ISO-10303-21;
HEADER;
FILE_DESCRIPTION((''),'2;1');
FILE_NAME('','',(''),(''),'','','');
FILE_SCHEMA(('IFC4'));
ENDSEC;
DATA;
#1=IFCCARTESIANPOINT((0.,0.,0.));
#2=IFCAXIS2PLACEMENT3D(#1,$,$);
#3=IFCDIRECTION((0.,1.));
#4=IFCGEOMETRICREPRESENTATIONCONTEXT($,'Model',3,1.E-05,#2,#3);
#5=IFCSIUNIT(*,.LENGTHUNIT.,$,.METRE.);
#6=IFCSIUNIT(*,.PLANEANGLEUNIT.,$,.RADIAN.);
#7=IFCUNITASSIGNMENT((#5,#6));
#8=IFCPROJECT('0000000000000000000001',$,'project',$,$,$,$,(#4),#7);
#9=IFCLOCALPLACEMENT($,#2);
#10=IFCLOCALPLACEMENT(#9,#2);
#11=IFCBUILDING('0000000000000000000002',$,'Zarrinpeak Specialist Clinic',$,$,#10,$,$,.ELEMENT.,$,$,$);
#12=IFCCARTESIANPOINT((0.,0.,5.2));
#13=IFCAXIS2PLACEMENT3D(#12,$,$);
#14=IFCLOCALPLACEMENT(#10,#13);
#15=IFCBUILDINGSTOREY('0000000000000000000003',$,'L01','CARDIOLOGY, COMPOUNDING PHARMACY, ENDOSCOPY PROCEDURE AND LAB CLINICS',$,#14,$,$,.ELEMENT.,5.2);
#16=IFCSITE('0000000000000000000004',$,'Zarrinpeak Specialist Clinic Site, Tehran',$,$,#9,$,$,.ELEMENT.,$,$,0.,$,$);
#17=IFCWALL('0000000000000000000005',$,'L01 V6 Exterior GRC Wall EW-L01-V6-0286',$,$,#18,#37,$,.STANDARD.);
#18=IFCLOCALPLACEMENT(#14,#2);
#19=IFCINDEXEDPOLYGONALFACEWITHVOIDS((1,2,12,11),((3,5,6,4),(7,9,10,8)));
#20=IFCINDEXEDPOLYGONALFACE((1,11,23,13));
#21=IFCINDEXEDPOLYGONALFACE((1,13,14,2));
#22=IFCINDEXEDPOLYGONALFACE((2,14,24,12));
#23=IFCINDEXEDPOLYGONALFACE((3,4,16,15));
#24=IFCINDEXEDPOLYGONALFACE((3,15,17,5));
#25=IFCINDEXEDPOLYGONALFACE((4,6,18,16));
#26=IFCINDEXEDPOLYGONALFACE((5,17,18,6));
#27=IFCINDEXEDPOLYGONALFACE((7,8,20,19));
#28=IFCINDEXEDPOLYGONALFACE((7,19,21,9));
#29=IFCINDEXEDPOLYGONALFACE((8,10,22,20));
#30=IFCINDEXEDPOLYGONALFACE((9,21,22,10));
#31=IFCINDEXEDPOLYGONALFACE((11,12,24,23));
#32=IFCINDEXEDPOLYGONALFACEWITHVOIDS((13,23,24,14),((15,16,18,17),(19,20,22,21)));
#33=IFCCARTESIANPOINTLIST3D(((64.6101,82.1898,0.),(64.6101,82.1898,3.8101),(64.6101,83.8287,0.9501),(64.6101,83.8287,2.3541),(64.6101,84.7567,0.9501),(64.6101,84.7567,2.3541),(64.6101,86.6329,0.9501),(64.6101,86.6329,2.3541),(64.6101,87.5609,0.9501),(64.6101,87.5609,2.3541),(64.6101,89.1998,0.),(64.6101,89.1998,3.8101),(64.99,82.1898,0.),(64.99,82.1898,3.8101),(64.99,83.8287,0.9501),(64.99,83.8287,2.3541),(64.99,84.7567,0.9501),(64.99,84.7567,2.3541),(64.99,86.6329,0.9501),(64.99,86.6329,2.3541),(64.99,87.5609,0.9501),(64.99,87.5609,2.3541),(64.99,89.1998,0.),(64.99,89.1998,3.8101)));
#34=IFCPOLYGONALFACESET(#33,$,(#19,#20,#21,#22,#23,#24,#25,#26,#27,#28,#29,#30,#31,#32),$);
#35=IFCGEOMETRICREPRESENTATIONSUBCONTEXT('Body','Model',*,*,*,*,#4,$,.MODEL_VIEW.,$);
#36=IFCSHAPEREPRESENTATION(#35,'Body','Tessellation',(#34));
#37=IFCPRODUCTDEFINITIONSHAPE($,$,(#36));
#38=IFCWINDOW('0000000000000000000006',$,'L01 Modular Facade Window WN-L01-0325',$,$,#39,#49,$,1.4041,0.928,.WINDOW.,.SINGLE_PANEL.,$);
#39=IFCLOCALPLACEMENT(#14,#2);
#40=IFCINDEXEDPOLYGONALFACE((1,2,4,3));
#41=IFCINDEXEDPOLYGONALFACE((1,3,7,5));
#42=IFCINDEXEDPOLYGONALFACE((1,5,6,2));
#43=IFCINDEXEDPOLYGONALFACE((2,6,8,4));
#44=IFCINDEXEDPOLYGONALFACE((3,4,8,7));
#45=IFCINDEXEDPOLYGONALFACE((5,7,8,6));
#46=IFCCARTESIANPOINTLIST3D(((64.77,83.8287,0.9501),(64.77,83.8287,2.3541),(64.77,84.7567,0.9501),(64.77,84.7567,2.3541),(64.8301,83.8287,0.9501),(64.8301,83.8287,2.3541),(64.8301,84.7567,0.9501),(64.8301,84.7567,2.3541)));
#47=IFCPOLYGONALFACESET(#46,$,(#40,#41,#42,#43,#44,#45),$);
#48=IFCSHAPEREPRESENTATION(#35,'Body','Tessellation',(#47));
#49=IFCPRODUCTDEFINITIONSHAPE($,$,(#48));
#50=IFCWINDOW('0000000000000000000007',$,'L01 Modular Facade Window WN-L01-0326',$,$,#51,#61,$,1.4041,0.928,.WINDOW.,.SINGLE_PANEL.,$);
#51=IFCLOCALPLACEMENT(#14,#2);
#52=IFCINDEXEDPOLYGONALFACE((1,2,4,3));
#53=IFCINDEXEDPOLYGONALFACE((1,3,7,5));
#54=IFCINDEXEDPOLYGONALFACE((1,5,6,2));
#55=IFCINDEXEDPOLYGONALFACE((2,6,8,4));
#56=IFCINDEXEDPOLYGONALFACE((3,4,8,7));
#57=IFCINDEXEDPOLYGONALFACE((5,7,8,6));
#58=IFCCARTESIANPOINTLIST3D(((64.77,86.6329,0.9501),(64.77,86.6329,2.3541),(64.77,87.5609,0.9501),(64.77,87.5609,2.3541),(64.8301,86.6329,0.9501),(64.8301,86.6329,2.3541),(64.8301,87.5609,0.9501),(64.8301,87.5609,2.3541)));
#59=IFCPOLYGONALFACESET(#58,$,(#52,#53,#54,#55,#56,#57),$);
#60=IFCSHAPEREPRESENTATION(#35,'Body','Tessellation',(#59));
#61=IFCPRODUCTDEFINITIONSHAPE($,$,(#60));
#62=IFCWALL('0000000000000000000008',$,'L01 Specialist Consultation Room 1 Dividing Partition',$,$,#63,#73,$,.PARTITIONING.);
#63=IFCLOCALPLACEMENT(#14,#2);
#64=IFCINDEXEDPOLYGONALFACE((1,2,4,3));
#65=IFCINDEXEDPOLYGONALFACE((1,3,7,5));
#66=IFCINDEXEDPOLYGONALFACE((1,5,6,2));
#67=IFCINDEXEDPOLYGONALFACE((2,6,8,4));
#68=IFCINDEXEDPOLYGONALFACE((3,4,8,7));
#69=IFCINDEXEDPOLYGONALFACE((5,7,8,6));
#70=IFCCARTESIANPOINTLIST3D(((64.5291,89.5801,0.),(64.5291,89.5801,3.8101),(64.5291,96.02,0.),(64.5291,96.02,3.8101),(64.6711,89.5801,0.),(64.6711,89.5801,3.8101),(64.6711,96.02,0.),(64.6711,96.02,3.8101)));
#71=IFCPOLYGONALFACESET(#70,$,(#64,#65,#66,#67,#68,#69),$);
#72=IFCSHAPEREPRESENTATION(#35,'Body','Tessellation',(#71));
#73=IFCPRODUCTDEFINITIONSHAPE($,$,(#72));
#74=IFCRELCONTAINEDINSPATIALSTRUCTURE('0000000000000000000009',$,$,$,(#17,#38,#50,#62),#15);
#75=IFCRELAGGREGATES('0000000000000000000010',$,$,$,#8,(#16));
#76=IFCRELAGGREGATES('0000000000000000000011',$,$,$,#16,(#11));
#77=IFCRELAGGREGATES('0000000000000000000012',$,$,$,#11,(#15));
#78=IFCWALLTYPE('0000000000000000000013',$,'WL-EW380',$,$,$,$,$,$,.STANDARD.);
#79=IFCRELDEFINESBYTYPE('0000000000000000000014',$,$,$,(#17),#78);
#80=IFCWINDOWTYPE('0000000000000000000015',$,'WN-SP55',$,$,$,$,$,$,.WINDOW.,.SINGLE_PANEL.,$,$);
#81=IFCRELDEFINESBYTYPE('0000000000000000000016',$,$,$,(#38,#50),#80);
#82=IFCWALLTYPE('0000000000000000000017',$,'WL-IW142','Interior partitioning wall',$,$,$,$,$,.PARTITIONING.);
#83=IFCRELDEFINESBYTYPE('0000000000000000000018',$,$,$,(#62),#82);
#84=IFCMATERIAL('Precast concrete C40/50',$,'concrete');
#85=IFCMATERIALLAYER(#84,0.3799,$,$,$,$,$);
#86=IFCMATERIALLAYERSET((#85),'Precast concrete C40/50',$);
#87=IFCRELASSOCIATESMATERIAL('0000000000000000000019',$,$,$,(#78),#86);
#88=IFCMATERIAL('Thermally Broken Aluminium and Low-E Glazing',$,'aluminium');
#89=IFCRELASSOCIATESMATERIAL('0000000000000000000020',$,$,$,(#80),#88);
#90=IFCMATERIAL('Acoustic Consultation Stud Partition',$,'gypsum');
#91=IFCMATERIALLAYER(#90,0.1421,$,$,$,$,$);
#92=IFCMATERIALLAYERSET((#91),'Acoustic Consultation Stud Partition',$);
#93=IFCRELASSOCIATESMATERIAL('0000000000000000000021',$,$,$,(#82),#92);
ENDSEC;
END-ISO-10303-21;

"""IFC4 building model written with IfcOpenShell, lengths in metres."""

from ifc_helpers import new_model, si_unit, direction, frame, frame_2d, origin, place, context, subcontext, project, spatial, rectangle, extrude, material, layer, layer_set, type_object, element, fill, save


model = new_model("IFC4")

# Units and contexts
model_context = context("Model", 3, precision=1e-05, world=origin(), true_north=direction((0.0, 1.0)))
body_context = subcontext(model_context, "Body", "Model", "MODEL_VIEW")
ifc_project = project(units=[si_unit("LENGTHUNIT", "METRE"), si_unit("PLANEANGLEUNIT", "RADIAN")], contexts=[model_context])

# Site, building, storey
site_placement = place(None, origin())
site = spatial("IfcSite", under=ifc_project, at=site_placement, Name="Zarrinpeak Specialist Clinic Site, Tehran", CompositionType="ELEMENT", RefElevation=0.0)
building_placement = place(site_placement, origin())
building = spatial("IfcBuilding", under=site, at=building_placement, Name="Zarrinpeak Specialist Clinic", CompositionType="ELEMENT")
storey_placement = place(building_placement, frame((0.0, 0.0, 5.2)))
storey = spatial("IfcBuildingStorey", under=building, at=storey_placement, Name="L01", Description="CARDIOLOGY, COMPOUNDING PHARMACY, ENDOSCOPY PROCEDURE AND LAB CLINICS", CompositionType="ELEMENT", Elevation=5.2)

# Wall, openings, windows
ifc_material_1 = material(Name="Precast concrete C40/50", Category="concrete")
ifc_layer_1 = layer(ifc_material_1, 0.3799)
ifc_layer_set_1 = layer_set([ifc_layer_1], Name="Precast concrete C40/50")
wall_type_1 = type_object("IfcWallType", Name="WL-EW380", PredefinedType="STANDARD", material=ifc_layer_set_1)
wall_1_placement = place(storey_placement, frame((64.8, 82.1899, 0.0), z_axis=(0.0, 0.0, 1.0), x_axis=(0.0, 1.0, 0.0)))
wall_1 = element("IfcWall", 1, at=wall_1_placement, inside=storey, type_object=wall_type_1, Name="L01 V6 Exterior GRC Wall EW-L01-V6-0286", PredefinedType="STANDARD", context=body_context, shape_type="SweptSolid", body=[
    extrude(rectangle(XDim=7.01, YDim=0.3799, at=frame_2d((3.5049, 0.0))), origin(), (0.0, 0.0, 1.0), 3.8101),
])
opening_1_placement = place(wall_1_placement, frame((1.6389, 0.0, 0.95)))
opening_1 = element("IfcOpeningElement", 2, at=opening_1_placement, cuts=wall_1, PredefinedType="OPENING", context=body_context, shape_type="SweptSolid", body=[
    extrude(rectangle(XDim=0.928, YDim=1.4041, at=frame_2d((0.4639, 0.7021))), frame((0.0, 0.2, 0.0), z_axis=(0.0, -1.0, 0.0), x_axis=(1.0, 0.0, 0.0)), (0.0, 0.0, 1.0), 0.3999),
])
opening_2_placement = place(wall_1_placement, frame((4.4431, 0.0, 0.95)))
opening_2 = element("IfcOpeningElement", 3, at=opening_2_placement, cuts=wall_1, PredefinedType="OPENING", context=body_context, shape_type="SweptSolid", body=[
    extrude(rectangle(XDim=0.928, YDim=1.4041, at=frame_2d((0.4639, 0.7021))), frame((0.0, 0.2, 0.0), z_axis=(0.0, -1.0, 0.0), x_axis=(1.0, 0.0, 0.0)), (0.0, 0.0, 1.0), 0.3999),
])
ifc_material_2 = material(Name="Thermally Broken Aluminium and Low-E Glazing", Category="aluminium")
window_type = type_object("IfcWindowType", Name="WN-SP55", PartitioningType="SINGLE_PANEL", PredefinedType="WINDOW", material=ifc_material_2)
window_1_placement = place(opening_1_placement, origin())
window_1 = element("IfcWindow", 4, at=window_1_placement, inside=storey, type_object=window_type, Name="L01 Modular Facade Window WN-L01-0325", OverallHeight=1.4041, OverallWidth=0.928, PartitioningType="SINGLE_PANEL", PredefinedType="WINDOW", context=body_context, shape_type="SweptSolid", body=[
    extrude(rectangle(XDim=0.928, YDim=1.4041, at=frame_2d((0.4639, 0.7021))), frame((0.0, 0.03, 0.0), z_axis=(0.0, -1.0, 0.0), x_axis=(1.0, 0.0, 0.0)), (0.0, 0.0, 1.0), 0.0601),
])
fill(opening_1, window_1)
window_2_placement = place(opening_2_placement, origin())
window_2 = element("IfcWindow", 5, at=window_2_placement, inside=storey, type_object=window_type, Name="L01 Modular Facade Window WN-L01-0326", OverallHeight=1.4041, OverallWidth=0.928, PartitioningType="SINGLE_PANEL", PredefinedType="WINDOW", context=body_context, shape_type="SweptSolid", body=[
    extrude(rectangle(XDim=0.928, YDim=1.4041, at=frame_2d((0.4639, 0.7021))), frame((0.0, 0.03, 0.0), z_axis=(0.0, -1.0, 0.0), x_axis=(1.0, 0.0, 0.0)), (0.0, 0.0, 1.0), 0.0601),
])
fill(opening_2, window_2)

# Wall
ifc_material_3 = material(Name="Acoustic Consultation Stud Partition", Category="gypsum")
ifc_layer_2 = layer(ifc_material_3, 0.1421)
ifc_layer_set_2 = layer_set([ifc_layer_2], Name="Acoustic Consultation Stud Partition")
wall_type_2 = type_object("IfcWallType", Name="WL-IW142", Description="Interior partitioning wall", PredefinedType="PARTITIONING", material=ifc_layer_set_2)
wall_2_placement = place(storey_placement, frame((64.6001, 89.5801, 0.0), z_axis=(0.0, 0.0, 1.0), x_axis=(0.0, 1.0, 0.0)))
element("IfcWall", 6, at=wall_2_placement, inside=storey, type_object=wall_type_2, Name="L01 Specialist Consultation Room 1 Dividing Partition", PredefinedType="PARTITIONING", context=body_context, shape_type="SweptSolid", body=[
    extrude(rectangle(XDim=6.4399, YDim=0.1421, at=frame_2d((3.22, 0.0))), origin(), (0.0, 0.0, 1.0), 3.8101),
])

save(model, "model.ifc")
